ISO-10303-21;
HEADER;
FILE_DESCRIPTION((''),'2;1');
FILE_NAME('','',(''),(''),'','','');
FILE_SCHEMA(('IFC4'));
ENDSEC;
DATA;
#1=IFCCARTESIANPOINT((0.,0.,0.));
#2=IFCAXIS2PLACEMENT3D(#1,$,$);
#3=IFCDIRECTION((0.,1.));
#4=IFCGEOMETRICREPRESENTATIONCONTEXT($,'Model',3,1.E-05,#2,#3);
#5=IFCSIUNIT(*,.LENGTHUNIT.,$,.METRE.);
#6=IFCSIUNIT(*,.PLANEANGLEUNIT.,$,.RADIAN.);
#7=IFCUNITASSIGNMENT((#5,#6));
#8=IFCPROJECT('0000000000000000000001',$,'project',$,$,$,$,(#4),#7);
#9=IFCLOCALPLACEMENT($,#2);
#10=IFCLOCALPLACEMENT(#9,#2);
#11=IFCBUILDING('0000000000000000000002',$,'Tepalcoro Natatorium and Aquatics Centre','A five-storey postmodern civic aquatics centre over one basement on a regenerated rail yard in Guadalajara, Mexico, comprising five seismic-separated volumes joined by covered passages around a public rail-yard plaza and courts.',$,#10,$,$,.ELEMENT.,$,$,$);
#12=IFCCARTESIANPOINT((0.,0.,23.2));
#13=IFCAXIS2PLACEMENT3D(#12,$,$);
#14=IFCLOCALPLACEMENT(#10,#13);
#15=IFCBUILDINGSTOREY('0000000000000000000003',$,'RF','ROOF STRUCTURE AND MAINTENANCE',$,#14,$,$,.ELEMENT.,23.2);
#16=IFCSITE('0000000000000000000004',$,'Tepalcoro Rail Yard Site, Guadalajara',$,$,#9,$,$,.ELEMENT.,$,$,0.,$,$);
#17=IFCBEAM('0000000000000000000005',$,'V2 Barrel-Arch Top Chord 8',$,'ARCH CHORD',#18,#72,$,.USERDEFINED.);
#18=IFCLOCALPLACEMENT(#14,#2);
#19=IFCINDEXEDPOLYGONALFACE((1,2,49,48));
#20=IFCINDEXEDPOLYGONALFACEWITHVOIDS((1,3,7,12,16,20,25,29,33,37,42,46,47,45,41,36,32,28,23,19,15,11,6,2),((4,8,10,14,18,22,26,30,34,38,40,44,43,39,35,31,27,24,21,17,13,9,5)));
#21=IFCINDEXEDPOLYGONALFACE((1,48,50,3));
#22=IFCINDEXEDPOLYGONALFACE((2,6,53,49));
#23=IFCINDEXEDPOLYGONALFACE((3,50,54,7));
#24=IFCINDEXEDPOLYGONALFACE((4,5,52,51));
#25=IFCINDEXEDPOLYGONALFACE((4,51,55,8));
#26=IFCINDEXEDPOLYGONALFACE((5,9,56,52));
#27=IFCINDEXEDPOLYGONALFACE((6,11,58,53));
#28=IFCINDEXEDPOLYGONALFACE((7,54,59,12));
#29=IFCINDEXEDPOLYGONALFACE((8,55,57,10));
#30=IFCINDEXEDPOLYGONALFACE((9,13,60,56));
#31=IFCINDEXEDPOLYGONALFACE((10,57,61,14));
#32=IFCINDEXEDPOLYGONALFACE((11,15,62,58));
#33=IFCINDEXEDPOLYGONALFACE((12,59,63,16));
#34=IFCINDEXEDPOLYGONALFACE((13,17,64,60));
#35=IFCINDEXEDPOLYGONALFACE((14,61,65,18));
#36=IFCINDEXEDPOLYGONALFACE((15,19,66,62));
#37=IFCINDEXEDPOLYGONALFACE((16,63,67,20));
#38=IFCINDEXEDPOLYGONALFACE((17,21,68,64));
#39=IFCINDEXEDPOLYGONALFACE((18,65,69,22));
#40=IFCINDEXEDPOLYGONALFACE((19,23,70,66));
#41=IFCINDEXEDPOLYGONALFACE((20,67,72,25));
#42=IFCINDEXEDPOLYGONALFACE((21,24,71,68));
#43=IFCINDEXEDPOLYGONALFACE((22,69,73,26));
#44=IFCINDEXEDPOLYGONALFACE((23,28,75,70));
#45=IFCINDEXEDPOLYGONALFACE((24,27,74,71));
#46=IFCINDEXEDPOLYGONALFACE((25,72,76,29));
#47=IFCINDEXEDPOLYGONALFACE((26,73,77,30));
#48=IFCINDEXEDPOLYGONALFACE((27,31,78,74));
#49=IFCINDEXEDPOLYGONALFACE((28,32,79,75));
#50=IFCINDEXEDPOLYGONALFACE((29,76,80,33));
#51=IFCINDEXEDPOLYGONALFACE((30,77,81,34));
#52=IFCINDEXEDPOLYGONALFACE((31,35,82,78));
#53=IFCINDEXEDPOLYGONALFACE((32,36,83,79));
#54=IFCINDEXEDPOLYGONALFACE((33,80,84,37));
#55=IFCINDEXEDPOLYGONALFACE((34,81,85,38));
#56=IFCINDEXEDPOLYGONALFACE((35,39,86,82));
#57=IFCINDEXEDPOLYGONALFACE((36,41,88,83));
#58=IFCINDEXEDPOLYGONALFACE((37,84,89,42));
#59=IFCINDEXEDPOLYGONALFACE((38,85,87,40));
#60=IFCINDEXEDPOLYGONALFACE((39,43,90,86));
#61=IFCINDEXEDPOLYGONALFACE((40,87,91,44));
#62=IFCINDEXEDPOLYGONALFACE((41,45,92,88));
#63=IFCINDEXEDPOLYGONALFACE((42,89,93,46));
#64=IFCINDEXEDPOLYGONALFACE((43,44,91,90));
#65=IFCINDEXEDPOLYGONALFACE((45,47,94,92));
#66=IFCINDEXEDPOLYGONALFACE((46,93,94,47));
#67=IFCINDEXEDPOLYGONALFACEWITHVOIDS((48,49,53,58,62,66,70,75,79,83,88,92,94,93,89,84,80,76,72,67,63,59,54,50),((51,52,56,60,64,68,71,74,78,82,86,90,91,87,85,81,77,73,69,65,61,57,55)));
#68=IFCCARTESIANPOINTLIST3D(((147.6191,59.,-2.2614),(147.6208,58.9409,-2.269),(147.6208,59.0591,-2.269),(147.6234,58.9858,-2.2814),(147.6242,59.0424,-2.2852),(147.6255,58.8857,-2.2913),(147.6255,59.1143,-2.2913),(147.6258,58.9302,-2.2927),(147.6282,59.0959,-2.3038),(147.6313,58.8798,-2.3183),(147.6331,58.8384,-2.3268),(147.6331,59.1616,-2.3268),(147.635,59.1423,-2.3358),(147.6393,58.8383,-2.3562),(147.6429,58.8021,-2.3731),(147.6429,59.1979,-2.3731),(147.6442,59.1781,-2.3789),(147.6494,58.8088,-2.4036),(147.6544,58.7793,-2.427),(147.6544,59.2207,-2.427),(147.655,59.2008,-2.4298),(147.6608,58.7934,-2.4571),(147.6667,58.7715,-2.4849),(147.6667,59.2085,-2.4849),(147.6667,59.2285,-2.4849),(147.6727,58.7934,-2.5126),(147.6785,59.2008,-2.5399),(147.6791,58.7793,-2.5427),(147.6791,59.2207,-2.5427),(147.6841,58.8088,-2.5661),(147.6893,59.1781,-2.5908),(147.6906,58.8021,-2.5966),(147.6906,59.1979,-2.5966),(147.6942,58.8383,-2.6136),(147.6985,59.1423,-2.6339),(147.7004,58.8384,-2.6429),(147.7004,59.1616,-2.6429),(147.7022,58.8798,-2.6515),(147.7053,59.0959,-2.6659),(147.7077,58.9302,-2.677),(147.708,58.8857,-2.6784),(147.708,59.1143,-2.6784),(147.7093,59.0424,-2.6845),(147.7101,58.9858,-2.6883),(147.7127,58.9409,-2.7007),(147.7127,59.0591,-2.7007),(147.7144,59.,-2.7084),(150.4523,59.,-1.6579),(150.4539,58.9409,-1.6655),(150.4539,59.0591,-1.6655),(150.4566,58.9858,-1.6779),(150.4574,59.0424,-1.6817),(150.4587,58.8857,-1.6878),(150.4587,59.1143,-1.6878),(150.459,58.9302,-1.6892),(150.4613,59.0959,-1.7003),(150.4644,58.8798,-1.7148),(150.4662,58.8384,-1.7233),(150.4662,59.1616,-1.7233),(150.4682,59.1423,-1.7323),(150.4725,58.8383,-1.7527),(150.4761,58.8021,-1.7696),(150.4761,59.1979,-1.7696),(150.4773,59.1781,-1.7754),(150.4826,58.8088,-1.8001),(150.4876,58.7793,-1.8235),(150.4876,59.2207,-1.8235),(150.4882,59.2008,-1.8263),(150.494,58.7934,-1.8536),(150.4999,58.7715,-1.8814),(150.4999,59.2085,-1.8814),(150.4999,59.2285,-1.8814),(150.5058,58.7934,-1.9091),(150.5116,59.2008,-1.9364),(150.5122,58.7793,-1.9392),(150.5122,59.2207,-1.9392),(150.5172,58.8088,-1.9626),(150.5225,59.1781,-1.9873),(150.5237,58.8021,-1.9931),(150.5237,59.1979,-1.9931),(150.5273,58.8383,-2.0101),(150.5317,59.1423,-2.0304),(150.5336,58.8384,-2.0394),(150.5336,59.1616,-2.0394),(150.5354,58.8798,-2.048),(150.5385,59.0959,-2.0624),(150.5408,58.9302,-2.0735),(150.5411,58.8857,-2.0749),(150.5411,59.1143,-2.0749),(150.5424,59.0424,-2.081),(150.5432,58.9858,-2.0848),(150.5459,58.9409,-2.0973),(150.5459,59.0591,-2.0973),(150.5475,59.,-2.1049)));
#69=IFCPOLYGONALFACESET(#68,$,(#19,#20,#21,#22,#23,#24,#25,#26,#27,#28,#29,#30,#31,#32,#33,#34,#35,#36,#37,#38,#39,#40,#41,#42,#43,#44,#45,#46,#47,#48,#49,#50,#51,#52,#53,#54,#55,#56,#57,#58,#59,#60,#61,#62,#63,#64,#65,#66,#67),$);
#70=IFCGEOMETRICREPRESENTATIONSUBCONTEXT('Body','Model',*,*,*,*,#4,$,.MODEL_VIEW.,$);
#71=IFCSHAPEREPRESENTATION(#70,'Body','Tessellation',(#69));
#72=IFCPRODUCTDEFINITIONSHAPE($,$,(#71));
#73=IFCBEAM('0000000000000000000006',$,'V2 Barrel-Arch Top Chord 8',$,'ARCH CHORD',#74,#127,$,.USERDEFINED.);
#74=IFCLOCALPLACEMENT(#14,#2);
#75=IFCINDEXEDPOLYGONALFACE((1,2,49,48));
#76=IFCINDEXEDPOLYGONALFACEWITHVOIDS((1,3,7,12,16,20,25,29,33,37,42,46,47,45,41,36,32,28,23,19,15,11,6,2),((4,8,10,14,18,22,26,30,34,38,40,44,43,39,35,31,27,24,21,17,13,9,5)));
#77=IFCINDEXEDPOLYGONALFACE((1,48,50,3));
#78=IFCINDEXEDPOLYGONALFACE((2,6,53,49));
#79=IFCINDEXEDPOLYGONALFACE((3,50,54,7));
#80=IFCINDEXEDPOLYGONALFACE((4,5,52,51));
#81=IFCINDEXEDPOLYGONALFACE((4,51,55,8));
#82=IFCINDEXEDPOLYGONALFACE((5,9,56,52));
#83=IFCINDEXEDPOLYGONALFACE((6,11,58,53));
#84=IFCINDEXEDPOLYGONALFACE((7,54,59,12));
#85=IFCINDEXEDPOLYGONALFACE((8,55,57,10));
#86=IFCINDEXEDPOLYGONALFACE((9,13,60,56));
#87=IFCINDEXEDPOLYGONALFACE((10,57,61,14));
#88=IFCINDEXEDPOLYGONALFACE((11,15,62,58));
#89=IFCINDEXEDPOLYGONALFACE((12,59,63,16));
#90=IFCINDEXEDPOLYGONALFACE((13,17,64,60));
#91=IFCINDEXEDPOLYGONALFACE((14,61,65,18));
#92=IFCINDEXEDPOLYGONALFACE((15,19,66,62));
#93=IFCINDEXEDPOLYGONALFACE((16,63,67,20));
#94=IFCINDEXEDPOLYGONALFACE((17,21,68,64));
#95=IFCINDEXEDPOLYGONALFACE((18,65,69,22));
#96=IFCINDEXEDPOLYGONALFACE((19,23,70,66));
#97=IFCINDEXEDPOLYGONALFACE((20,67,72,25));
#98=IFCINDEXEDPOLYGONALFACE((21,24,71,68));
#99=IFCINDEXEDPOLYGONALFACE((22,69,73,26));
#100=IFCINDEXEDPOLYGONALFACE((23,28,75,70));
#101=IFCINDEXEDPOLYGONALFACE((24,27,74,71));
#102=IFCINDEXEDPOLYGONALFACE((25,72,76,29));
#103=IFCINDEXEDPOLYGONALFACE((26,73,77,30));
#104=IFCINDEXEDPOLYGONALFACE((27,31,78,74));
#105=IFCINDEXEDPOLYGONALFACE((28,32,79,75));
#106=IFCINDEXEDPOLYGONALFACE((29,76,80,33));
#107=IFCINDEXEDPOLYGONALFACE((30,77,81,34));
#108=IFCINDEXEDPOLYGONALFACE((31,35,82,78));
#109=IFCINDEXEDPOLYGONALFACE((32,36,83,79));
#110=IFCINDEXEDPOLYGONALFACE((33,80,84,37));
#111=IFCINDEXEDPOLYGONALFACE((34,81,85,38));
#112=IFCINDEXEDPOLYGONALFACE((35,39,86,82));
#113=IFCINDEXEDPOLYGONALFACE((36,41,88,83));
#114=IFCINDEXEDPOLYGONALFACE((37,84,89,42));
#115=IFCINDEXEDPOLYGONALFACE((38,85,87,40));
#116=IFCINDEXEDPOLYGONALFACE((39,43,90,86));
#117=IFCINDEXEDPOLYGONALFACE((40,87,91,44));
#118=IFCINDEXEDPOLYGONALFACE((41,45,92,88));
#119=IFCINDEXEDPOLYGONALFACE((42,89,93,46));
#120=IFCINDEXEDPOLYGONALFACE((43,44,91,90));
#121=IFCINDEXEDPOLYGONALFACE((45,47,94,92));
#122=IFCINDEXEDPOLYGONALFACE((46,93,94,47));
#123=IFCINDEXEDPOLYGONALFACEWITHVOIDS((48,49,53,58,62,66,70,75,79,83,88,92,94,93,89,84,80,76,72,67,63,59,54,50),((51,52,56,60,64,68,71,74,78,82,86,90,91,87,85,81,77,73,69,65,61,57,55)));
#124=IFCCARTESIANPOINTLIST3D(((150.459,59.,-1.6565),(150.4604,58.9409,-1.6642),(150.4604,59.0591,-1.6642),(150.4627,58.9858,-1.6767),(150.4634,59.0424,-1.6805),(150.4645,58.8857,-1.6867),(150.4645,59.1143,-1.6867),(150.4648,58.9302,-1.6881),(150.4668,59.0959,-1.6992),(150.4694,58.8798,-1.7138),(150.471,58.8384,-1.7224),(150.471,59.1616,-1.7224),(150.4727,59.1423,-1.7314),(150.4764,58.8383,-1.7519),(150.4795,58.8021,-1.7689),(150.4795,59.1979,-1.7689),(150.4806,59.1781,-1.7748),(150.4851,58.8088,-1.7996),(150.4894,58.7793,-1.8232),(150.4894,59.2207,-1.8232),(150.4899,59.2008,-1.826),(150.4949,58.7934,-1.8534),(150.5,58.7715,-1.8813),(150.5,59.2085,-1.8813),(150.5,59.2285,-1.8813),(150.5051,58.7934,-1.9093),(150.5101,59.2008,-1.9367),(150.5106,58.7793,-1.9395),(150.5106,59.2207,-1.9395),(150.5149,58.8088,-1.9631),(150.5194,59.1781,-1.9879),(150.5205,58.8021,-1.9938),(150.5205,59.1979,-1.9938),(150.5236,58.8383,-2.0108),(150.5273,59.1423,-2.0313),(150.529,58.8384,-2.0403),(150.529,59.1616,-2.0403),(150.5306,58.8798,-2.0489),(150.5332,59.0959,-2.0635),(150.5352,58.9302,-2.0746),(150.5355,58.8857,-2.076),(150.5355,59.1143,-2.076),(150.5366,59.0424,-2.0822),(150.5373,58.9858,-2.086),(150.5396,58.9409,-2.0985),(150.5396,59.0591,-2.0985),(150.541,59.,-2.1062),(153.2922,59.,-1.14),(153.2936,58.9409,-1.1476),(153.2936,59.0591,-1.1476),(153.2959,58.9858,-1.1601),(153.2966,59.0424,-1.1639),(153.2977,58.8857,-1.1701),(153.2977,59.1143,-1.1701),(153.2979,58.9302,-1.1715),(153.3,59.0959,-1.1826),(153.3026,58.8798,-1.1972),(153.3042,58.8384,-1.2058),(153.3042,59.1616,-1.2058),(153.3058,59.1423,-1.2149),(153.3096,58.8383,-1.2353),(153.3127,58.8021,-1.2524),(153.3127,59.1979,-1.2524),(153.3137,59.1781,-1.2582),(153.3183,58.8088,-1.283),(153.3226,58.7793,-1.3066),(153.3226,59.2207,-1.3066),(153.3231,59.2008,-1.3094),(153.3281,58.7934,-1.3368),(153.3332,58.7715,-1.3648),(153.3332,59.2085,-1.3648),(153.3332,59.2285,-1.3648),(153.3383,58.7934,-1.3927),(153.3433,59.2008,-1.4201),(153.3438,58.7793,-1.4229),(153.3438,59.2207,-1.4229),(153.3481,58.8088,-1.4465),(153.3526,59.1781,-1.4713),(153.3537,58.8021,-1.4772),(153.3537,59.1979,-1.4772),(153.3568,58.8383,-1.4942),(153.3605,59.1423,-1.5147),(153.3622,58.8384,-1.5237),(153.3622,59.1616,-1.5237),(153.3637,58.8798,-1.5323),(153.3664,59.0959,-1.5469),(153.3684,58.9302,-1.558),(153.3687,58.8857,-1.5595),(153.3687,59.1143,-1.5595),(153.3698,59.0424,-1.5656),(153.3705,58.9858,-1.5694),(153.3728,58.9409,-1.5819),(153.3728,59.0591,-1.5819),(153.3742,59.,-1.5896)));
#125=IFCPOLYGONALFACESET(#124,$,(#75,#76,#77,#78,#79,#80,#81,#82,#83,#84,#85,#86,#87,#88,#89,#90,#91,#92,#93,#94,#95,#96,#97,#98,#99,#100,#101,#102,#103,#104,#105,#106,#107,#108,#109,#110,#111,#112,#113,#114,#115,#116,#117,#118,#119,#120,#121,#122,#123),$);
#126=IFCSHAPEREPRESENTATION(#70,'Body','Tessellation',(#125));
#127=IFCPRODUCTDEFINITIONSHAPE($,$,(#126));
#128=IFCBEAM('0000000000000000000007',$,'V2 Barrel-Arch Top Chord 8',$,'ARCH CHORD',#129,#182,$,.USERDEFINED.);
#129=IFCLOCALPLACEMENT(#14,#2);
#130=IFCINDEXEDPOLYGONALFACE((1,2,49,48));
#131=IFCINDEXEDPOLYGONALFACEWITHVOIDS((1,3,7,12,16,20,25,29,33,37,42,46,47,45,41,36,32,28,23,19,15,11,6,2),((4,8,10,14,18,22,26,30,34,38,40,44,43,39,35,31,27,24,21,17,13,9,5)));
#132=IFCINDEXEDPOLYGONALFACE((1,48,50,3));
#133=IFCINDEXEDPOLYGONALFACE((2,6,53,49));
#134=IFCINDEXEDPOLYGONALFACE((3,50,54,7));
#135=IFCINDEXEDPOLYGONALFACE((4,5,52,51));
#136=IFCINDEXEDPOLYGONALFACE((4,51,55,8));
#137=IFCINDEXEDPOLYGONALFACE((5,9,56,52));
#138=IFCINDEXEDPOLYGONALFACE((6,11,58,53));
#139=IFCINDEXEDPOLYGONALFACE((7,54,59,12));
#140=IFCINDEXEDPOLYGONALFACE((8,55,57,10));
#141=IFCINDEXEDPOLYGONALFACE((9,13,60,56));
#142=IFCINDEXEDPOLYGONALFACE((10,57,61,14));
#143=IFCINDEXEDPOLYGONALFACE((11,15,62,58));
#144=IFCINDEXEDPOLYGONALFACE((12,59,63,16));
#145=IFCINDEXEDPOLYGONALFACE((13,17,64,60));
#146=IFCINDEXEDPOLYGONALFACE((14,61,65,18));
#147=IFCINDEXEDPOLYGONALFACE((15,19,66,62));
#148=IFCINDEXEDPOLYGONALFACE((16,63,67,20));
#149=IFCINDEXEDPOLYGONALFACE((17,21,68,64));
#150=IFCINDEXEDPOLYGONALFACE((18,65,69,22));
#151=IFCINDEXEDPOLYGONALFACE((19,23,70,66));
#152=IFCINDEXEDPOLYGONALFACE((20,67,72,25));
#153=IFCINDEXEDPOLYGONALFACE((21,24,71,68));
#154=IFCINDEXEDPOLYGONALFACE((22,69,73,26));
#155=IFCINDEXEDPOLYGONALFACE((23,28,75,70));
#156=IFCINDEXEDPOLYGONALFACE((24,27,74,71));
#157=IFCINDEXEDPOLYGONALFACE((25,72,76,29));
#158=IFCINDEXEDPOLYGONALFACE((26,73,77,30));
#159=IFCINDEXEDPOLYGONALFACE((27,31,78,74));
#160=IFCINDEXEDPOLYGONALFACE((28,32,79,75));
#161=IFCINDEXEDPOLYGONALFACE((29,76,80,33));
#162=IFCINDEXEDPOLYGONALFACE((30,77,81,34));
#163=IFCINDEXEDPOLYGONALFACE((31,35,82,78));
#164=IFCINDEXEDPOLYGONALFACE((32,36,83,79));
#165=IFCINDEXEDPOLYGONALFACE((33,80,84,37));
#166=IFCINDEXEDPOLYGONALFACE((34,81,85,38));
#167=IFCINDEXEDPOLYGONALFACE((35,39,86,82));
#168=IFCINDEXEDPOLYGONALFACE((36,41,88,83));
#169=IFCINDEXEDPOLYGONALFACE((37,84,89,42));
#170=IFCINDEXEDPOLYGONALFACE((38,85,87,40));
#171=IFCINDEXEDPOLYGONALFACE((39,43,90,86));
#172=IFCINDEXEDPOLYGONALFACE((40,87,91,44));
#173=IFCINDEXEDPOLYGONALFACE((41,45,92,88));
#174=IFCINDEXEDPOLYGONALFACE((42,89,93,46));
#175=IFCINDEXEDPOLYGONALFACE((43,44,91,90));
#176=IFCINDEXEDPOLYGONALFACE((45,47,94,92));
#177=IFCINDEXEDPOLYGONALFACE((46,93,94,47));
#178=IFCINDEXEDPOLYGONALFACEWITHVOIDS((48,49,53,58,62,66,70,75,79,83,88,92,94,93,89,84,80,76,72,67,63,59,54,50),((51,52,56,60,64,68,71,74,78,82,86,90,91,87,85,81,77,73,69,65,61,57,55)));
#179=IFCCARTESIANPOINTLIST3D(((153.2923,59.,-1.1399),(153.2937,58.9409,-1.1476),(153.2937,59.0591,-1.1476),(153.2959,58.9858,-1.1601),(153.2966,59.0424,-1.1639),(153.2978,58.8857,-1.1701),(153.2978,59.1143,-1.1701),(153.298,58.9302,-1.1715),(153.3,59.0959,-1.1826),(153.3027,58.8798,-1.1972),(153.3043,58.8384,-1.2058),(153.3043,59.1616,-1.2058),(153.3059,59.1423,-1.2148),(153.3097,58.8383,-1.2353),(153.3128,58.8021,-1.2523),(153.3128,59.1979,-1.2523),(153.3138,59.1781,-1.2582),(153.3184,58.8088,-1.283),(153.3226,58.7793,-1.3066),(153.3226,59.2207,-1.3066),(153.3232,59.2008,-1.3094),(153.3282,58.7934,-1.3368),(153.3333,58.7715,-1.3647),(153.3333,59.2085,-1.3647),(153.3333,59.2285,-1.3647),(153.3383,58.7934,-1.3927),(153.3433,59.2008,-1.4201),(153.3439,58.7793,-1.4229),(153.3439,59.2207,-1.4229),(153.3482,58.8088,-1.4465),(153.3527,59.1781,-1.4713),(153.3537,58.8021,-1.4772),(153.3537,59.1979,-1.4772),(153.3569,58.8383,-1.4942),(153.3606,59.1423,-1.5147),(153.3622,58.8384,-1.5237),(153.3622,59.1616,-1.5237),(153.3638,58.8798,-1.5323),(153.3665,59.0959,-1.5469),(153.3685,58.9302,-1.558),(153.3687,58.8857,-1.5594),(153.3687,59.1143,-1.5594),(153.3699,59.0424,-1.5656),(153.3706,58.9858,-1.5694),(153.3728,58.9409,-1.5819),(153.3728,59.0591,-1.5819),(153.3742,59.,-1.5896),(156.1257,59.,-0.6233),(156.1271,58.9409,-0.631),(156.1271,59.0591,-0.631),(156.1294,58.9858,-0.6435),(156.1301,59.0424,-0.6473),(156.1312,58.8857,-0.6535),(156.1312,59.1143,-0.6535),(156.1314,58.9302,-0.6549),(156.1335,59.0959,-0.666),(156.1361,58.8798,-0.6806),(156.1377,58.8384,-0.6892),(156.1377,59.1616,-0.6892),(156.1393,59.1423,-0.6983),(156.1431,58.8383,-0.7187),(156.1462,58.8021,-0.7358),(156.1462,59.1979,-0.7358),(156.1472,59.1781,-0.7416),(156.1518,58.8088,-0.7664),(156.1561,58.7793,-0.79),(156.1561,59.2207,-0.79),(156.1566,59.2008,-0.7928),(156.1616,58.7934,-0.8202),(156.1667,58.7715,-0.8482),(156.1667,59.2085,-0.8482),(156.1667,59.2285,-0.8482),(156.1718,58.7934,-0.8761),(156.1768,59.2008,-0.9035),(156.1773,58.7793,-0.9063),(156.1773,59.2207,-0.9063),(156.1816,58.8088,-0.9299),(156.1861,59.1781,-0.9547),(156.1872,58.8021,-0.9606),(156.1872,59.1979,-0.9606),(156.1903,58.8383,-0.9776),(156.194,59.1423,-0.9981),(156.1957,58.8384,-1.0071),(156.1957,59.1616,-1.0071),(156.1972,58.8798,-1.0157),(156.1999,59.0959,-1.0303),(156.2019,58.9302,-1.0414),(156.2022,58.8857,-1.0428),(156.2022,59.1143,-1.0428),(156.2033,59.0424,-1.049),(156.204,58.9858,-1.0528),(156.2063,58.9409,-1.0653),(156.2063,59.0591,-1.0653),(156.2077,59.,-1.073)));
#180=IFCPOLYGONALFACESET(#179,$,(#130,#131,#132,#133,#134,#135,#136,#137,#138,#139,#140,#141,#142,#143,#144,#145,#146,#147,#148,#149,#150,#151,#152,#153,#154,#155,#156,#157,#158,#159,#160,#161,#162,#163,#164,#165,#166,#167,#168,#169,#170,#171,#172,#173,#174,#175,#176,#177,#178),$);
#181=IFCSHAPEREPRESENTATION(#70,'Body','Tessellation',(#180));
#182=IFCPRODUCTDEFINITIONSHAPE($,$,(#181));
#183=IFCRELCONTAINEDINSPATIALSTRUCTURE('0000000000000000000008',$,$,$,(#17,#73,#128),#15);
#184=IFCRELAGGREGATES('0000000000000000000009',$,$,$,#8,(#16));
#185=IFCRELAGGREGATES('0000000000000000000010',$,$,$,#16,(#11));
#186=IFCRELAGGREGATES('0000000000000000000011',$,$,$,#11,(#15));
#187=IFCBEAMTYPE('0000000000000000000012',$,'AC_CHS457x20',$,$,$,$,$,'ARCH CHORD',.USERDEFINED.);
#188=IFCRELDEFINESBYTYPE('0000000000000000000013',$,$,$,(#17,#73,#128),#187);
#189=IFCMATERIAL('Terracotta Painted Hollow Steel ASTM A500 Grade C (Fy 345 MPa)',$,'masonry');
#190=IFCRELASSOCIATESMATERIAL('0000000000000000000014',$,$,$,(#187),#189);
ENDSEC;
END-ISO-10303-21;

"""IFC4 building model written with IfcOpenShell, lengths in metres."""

from ifc_helpers import new_model, si_unit, direction, frame, origin, origin_2d, place, context, subcontext, project, spatial, hollow_circle, extrude, material, material_profile, profile_set, type_object, element, save


model = new_model("IFC4")

# Units and contexts
model_context = context("Model", 3, precision=1e-05, world=origin(), true_north=direction((0.0, 1.0)))
body_context = subcontext(model_context, "Body", "Model", "MODEL_VIEW")
ifc_project = project(units=[si_unit("LENGTHUNIT", "METRE"), si_unit("PLANEANGLEUNIT", "RADIAN")], contexts=[model_context])

# Site, building, storey
site_placement = place(None, origin())
site = spatial("IfcSite", under=ifc_project, at=site_placement, Name="Tepalcoro Rail Yard Site, Guadalajara", CompositionType="ELEMENT", RefElevation=0.0)
building_placement = place(site_placement, origin())
building = spatial("IfcBuilding", under=site, at=building_placement, Name="Tepalcoro Natatorium and Aquatics Centre", Description="A five-storey postmodern civic aquatics centre over one basement on a regenerated rail yard in Guadalajara, Mexico, comprising five seismic-separated volumes joined by covered passages around a public rail-yard plaza and courts.", CompositionType="ELEMENT")
storey_placement = place(building_placement, frame((0.0, 0.0, 23.2)))
storey = spatial("IfcBuildingStorey", under=building, at=storey_placement, Name="RF", Description="ROOF STRUCTURE AND MAINTENANCE", CompositionType="ELEMENT", Elevation=23.2)

# Beams
ifc_material_1 = material(Name="Terracotta Painted Hollow Steel ASTM A500 Grade C (Fy 345 MPa)", Category="masonry")
ifc_material_profile_1 = material_profile(ifc_material_1, hollow_circle(Radius=0.2285, WallThickness=0.02, at=origin_2d()), Name="CHS457X20")
ifc_profile_set_1 = profile_set([ifc_material_profile_1], Name="Terracotta Painted Hollow Steel ASTM A500 Grade C (Fy 345 MPa)")
beam_type_1 = type_object("IfcBeamType", Name="AC_CHS457x20", ElementType="ARCH CHORD", PredefinedType="USERDEFINED", material=ifc_profile_set_1)
beam_1_placement = place(storey_placement, frame((147.6667, 59.0, -2.4849), z_axis=(0.978057, 0.0, 0.208338), x_axis=(0.0, 1.0, 0.0)))
element("IfcBeam", 1, at=beam_1_placement, inside=storey, type_object=beam_type_1, Name="V2 Barrel-Arch Top Chord 8", ObjectType="ARCH CHORD", PredefinedType="USERDEFINED", context=body_context, shape_type="SweptSolid", body=[
    extrude(hollow_circle(Radius=0.2285, WallThickness=0.02, at=origin_2d()), origin(), (0.0, 0.0, 1.0), 2.8967),
])
beam_2_placement = place(storey_placement, frame((150.5, 59.0, -1.8813), z_axis=(0.98378, 0.0, 0.179378), x_axis=(0.0, 1.0, 0.0)))
element("IfcBeam", 2, at=beam_2_placement, inside=storey, type_object=beam_type_1, Name="V2 Barrel-Arch Top Chord 8", ObjectType="ARCH CHORD", PredefinedType="USERDEFINED", context=body_context, shape_type="SweptSolid", body=[
    extrude(hollow_circle(Radius=0.2285, WallThickness=0.02, at=origin_2d()), origin(), (0.0, 0.0, 1.0), 2.8799),
])
beam_3_placement = place(storey_placement, frame((153.3333, 59.0, -1.3647), z_axis=(0.983783, 0.0, 0.179363), x_axis=(0.0, 1.0, 0.0)))
element("IfcBeam", 3, at=beam_3_placement, inside=storey, type_object=beam_type_1, Name="V2 Barrel-Arch Top Chord 8", ObjectType="ARCH CHORD", PredefinedType="USERDEFINED", context=body_context, shape_type="SweptSolid", body=[
    extrude(hollow_circle(Radius=0.2285, WallThickness=0.02, at=origin_2d()), origin(), (0.0, 0.0, 1.0), 2.8801),
])

save(model, "model.ifc")
